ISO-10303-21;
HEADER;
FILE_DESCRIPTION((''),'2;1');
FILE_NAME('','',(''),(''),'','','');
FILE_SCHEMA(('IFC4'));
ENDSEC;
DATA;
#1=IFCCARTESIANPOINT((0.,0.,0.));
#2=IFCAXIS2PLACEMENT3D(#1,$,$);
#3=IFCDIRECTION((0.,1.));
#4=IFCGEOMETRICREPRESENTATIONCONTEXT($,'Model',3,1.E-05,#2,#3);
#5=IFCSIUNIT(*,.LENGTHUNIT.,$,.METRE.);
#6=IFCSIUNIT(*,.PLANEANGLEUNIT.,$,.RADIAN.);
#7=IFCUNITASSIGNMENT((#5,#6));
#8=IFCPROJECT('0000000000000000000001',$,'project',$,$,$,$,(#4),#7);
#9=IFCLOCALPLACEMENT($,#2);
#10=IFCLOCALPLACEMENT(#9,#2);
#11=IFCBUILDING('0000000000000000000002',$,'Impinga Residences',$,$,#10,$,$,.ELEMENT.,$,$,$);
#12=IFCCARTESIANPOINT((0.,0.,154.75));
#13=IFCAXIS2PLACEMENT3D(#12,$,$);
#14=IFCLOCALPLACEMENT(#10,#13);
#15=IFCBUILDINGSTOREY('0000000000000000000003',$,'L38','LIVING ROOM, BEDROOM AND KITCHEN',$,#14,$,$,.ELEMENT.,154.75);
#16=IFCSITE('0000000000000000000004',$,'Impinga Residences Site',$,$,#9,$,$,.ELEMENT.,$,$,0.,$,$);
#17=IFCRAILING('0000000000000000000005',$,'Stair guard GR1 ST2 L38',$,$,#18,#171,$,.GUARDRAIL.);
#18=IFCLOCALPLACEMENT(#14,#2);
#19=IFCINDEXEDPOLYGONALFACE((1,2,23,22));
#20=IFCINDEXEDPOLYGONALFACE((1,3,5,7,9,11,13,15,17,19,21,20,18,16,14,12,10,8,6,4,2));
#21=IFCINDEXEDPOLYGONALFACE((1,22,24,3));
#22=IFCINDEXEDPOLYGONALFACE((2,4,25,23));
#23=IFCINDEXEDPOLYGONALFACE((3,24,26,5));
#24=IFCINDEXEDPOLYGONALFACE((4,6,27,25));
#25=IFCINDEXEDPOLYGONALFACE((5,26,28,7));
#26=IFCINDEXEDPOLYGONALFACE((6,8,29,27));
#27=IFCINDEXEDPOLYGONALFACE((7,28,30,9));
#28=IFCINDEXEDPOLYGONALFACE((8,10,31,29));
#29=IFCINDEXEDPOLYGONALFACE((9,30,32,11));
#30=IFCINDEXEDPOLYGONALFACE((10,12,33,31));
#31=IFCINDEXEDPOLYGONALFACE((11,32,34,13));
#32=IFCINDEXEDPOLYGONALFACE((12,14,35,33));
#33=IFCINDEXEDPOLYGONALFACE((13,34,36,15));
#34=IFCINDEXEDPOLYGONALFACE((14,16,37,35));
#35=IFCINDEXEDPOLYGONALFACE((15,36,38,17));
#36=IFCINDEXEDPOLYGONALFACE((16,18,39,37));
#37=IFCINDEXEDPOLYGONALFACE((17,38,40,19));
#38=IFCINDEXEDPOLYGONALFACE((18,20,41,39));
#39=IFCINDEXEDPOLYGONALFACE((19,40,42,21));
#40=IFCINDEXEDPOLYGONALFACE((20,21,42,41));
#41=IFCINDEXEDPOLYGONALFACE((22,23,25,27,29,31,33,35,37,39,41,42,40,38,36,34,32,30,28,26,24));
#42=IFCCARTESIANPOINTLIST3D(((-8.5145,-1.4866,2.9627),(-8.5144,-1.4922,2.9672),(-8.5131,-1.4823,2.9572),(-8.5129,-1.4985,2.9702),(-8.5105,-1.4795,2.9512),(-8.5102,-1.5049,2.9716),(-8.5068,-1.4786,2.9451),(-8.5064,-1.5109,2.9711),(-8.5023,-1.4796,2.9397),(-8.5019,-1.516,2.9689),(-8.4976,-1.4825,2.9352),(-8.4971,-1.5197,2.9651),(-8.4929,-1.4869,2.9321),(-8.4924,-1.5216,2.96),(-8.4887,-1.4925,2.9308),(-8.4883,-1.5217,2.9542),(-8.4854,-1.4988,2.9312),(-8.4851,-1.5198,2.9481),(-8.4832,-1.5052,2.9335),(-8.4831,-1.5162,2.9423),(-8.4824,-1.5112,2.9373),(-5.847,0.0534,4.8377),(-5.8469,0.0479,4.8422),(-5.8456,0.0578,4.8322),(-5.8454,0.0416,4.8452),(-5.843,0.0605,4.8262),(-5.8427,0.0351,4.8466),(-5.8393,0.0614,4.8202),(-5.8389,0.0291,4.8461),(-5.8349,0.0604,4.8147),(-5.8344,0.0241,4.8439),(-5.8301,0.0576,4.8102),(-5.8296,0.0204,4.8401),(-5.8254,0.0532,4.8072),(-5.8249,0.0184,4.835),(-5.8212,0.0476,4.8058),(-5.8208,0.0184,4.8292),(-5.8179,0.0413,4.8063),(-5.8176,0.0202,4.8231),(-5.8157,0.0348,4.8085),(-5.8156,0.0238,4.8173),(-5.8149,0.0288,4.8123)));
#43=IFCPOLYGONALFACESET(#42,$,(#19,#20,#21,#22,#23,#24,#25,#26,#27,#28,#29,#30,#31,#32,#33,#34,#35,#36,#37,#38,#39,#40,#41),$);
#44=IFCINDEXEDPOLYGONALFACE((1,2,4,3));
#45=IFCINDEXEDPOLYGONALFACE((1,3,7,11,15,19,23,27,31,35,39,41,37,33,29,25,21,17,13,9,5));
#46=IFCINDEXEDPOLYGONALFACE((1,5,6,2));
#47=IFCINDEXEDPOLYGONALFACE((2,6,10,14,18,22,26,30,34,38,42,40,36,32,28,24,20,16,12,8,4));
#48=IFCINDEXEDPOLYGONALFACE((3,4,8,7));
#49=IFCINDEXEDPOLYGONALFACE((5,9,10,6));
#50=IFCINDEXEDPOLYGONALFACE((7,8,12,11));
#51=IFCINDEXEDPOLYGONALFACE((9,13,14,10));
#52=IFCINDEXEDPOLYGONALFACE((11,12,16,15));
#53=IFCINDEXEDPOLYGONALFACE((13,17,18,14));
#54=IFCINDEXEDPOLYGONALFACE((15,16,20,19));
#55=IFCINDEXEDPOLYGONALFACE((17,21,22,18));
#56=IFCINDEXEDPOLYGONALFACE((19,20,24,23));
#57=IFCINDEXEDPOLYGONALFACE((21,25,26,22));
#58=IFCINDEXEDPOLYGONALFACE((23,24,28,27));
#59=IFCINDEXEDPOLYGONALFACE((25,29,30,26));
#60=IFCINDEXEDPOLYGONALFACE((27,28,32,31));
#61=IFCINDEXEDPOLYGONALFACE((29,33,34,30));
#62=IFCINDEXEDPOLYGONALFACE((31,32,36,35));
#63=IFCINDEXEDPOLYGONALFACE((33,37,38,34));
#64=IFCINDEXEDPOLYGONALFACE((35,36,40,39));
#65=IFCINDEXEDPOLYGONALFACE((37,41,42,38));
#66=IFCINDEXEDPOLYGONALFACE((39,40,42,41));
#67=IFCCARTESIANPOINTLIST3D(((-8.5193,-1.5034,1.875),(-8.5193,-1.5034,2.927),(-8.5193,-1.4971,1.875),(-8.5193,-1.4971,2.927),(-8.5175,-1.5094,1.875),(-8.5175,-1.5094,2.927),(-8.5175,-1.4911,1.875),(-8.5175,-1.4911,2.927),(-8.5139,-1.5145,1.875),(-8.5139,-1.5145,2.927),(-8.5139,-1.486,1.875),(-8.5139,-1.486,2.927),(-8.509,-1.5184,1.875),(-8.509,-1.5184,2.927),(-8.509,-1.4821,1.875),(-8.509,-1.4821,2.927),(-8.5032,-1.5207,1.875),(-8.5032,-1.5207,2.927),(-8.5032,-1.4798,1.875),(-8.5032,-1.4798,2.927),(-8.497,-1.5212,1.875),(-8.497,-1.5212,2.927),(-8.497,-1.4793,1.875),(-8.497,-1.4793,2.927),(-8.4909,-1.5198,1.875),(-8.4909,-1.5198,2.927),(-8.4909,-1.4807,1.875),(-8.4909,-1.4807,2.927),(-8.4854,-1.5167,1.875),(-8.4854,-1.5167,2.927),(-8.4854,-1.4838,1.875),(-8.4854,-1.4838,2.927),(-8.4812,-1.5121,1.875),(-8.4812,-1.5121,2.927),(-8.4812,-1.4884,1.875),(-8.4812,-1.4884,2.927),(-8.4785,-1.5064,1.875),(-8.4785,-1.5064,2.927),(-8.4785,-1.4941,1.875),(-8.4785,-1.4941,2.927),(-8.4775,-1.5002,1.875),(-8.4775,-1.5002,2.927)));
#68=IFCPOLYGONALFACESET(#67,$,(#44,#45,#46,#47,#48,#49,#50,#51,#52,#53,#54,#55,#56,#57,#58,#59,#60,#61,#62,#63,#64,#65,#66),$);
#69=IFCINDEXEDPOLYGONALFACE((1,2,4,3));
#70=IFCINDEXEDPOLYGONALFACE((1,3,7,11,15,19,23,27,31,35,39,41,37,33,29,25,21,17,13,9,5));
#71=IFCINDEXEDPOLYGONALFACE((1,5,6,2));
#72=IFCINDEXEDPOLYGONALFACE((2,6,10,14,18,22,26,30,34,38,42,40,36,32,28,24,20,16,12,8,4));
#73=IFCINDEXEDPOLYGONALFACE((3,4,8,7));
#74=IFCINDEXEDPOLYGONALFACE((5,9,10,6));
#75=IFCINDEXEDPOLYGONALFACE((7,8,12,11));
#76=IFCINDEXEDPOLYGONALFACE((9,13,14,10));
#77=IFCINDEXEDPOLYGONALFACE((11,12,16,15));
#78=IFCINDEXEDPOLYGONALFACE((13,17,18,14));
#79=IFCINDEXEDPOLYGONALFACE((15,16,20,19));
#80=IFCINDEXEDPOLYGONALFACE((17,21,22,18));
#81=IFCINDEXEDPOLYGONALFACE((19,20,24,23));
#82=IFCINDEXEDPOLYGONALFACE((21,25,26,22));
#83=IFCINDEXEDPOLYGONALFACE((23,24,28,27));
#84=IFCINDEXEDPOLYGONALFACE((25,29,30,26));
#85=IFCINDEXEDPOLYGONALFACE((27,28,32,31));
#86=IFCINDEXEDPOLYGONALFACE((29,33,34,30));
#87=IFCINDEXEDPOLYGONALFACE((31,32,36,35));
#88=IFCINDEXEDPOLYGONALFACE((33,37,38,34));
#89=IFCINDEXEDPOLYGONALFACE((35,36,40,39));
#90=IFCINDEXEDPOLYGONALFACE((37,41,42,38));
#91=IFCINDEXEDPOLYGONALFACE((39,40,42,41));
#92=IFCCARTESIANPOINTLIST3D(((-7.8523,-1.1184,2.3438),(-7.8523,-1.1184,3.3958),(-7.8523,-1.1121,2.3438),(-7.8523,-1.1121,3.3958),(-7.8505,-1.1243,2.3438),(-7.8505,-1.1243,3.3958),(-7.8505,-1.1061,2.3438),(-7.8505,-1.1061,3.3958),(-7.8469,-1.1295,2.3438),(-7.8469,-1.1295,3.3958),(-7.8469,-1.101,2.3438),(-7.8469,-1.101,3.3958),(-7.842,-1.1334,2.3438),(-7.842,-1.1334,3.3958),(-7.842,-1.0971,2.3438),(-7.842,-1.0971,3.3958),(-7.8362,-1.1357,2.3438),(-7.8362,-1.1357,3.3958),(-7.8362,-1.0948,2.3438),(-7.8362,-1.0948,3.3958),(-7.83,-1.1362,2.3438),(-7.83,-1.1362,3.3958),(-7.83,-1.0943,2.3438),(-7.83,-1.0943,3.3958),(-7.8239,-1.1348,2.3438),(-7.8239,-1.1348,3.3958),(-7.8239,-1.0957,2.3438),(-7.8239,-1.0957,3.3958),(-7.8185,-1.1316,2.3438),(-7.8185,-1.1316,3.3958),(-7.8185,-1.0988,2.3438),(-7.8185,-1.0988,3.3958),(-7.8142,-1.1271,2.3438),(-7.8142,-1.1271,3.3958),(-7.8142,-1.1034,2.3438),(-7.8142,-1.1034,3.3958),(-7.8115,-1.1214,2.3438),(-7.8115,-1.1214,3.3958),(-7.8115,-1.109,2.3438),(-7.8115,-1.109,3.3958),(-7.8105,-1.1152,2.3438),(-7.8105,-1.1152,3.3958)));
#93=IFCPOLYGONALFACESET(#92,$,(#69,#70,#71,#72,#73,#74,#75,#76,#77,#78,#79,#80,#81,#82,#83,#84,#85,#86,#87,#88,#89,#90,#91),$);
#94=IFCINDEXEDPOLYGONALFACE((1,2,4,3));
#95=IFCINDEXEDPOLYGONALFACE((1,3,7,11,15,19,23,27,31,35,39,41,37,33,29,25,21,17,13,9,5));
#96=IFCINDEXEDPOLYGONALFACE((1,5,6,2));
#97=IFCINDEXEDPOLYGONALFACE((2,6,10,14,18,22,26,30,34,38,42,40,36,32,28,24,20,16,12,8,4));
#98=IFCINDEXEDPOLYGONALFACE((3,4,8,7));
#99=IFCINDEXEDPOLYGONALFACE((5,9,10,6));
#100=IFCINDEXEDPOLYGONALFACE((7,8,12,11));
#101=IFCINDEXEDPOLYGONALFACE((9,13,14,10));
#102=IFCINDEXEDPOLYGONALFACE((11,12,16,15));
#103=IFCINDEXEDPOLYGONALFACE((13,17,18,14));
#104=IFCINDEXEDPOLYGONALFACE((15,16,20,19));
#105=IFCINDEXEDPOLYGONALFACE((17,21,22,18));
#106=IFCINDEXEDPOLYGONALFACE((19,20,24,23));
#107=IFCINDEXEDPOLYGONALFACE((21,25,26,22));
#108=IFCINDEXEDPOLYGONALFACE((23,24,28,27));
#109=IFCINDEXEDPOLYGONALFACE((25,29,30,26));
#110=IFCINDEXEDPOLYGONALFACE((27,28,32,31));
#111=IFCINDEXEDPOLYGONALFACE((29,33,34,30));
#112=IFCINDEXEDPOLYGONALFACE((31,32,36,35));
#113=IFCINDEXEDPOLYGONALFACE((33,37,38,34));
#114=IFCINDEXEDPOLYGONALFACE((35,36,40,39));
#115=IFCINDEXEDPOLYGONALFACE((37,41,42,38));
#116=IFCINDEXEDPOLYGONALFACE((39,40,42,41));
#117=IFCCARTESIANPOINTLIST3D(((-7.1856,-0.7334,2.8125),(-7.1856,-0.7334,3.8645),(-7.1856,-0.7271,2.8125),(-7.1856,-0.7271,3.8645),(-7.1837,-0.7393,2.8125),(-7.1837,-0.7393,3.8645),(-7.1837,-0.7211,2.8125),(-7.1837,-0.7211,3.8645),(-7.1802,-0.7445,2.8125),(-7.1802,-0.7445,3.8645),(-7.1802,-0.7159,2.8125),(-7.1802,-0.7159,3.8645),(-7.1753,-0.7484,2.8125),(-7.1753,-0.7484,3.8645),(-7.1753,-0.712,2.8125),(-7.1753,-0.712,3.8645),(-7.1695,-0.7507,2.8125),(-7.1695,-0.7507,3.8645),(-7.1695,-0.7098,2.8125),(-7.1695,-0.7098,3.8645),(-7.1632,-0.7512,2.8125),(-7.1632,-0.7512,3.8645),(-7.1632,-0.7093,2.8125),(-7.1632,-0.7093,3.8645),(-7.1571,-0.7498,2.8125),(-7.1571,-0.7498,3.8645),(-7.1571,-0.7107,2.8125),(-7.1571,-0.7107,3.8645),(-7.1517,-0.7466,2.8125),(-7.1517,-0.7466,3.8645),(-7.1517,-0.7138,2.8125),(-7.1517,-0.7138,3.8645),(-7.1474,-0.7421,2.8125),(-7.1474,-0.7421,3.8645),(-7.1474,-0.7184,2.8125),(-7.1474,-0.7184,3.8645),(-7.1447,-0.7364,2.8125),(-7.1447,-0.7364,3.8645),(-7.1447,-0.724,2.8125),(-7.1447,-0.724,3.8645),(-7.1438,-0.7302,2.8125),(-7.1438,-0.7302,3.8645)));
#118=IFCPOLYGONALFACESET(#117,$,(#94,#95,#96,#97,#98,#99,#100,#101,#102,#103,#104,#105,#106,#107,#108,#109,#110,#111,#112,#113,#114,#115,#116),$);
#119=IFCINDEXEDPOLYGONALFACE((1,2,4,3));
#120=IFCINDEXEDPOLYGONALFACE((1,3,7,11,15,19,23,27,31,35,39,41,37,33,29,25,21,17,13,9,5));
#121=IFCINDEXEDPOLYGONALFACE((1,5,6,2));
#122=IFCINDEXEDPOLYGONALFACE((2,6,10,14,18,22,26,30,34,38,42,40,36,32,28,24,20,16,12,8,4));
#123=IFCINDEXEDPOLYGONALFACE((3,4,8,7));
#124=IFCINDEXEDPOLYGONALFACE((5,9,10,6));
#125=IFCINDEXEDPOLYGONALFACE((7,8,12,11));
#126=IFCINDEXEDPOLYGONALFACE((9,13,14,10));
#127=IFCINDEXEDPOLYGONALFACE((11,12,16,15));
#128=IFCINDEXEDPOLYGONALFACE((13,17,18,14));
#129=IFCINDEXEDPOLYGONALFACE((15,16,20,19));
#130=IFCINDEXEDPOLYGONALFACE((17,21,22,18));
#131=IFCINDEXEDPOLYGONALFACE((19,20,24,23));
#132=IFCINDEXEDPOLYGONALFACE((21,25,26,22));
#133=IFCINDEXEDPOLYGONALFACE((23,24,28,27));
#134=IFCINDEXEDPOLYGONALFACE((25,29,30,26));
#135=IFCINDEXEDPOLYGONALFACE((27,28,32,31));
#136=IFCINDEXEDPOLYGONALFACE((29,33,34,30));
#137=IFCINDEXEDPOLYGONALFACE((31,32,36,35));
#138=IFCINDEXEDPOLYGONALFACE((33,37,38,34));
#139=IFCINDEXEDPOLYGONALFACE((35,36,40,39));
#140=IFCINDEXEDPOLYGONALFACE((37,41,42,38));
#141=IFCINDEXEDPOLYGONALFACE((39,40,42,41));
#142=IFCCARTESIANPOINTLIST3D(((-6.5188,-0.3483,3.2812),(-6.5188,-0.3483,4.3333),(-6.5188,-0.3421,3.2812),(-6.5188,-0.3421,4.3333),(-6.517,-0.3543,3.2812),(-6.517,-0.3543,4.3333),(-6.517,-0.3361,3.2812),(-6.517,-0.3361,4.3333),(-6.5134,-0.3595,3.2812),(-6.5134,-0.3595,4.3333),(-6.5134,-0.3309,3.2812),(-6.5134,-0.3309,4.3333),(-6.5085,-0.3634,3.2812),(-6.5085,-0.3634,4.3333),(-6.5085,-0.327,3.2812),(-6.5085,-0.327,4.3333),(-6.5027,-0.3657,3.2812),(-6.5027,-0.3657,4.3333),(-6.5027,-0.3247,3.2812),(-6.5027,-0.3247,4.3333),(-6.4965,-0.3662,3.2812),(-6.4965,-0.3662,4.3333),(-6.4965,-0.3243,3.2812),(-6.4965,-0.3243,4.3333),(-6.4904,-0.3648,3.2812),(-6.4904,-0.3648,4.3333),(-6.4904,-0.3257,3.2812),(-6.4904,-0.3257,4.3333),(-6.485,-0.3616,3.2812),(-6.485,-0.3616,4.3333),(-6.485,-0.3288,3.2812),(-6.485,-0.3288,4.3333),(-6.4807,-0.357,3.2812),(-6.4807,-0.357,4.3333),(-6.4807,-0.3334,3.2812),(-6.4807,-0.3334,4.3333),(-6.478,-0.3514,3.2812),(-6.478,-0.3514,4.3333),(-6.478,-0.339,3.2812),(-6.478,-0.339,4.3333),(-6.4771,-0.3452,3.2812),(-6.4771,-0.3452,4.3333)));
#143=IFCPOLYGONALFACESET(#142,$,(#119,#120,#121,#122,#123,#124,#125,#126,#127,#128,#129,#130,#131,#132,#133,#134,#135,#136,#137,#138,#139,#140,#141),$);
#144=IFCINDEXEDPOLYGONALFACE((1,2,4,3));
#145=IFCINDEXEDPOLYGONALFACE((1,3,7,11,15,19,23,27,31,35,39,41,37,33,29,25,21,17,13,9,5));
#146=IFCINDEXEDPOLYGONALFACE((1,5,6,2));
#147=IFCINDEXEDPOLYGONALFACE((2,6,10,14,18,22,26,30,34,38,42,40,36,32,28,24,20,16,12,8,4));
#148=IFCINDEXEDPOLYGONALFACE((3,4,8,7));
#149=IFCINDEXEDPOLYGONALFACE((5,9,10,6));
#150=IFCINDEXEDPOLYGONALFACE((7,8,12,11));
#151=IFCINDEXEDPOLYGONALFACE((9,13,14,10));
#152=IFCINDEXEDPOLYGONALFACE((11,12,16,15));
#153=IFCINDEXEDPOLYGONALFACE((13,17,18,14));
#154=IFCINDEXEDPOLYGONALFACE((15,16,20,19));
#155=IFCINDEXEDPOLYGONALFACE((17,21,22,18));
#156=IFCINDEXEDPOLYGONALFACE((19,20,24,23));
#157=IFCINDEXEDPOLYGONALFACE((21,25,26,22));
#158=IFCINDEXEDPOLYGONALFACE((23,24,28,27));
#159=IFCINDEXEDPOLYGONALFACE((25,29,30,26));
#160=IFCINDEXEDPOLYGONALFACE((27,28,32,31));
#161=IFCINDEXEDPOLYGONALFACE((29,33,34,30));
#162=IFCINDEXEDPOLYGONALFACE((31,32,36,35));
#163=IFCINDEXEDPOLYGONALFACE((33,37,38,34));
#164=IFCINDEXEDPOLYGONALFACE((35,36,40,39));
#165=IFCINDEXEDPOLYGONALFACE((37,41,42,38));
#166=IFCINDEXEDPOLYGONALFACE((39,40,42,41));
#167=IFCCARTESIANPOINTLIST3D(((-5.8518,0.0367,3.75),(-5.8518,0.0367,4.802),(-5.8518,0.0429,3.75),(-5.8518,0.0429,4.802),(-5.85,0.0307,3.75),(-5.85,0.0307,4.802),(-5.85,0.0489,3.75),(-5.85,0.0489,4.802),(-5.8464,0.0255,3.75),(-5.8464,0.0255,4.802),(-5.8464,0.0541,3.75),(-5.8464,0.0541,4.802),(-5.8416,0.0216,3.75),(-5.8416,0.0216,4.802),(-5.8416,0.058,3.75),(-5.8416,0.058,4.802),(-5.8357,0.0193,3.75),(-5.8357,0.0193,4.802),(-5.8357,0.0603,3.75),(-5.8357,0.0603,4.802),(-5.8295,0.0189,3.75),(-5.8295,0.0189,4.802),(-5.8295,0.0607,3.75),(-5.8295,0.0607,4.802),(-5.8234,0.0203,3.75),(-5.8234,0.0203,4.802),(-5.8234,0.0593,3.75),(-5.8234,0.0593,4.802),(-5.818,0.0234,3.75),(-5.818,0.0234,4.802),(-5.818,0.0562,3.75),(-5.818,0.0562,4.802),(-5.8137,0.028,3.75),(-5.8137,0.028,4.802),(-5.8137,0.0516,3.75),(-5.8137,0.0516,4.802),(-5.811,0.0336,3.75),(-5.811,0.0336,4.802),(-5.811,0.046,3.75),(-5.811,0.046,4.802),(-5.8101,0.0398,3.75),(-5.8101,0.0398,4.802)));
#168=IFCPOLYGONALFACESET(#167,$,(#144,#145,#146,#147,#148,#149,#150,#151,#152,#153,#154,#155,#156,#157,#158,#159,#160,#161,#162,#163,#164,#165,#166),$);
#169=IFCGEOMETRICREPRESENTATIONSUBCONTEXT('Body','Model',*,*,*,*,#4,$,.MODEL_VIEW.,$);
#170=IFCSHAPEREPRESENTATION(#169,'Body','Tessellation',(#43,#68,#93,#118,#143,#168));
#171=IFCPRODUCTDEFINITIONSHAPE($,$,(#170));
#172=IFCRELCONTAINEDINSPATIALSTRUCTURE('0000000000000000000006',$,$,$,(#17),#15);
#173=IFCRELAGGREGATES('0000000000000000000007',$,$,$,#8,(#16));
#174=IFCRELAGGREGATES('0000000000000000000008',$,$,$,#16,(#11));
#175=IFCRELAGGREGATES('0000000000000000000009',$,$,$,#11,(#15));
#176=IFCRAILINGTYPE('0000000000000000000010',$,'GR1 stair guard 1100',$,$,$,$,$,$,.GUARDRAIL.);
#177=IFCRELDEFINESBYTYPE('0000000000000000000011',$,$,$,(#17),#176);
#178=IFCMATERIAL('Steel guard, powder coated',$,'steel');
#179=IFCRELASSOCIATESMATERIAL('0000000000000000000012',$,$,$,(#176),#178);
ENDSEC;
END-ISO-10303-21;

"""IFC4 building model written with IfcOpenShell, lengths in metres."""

from ifc_helpers import new_model, si_unit, direction, frame, origin, origin_2d, place, context, subcontext, project, spatial, circle, extrude, material, type_object, element, save


model = new_model("IFC4")

# Units and contexts
model_context = context("Model", 3, precision=1e-05, world=origin(), true_north=direction((0.0, 1.0)))
body_context = subcontext(model_context, "Body", "Model", "MODEL_VIEW")
ifc_project = project(units=[si_unit("LENGTHUNIT", "METRE"), si_unit("PLANEANGLEUNIT", "RADIAN")], contexts=[model_context])

# Site, building, storey
site_placement = place(None, origin())
site = spatial("IfcSite", under=ifc_project, at=site_placement, Name="Impinga Residences Site", CompositionType="ELEMENT", RefElevation=0.0)
building_placement = place(site_placement, origin())
building = spatial("IfcBuilding", under=site, at=building_placement, Name="Impinga Residences", CompositionType="ELEMENT")
storey_placement = place(building_placement, frame((0.0, 0.0, 154.75)))
storey = spatial("IfcBuildingStorey", under=building, at=storey_placement, Name="L38", Description="LIVING ROOM, BEDROOM AND KITCHEN", CompositionType="ELEMENT", Elevation=154.75)

# Railing
ifc_material_1 = material(Name="Steel guard, powder coated", Category="steel")
railing_type_1 = type_object("IfcRailingType", Name="GR1 stair guard 1100", PredefinedType="GUARDRAIL", material=ifc_material_1)
railing_1_placement = place(storey_placement, frame((-8.4985, -1.5002, 1.875)))
element("IfcRailing", 1, at=railing_1_placement, inside=storey, type_object=railing_type_1, Name="Stair guard GR1 ST2 L38", PredefinedType="GUARDRAIL", context=body_context, shape_type="SweptSolid", body=[
    extrude(circle(Radius=0.0239, at=origin_2d()), frame((0.0, 0.0, 1.0762), z_axis=(0.739746, 0.427084, 0.519975), x_axis=(-0.499992, 0.86603, 0.0)), (0.0, 0.0, 1.0), 3.606),
    extrude(circle(Radius=0.021, at=origin_2d()), origin(), (0.0, 0.0, 1.0), 1.052),
    extrude(circle(Radius=0.021, at=origin_2d()), frame((0.667, 0.385, 0.4688)), (0.0, 0.0, 1.0), 1.052),
    extrude(circle(Radius=0.021, at=origin_2d()), frame((1.3337, 0.77, 0.9375)), (0.0, 0.0, 1.0), 1.052),
    extrude(circle(Radius=0.021, at=origin_2d()), frame((2.0005, 1.155, 1.4062)), (0.0, 0.0, 1.0), 1.052),
    extrude(circle(Radius=0.021, at=origin_2d()), frame((2.6675, 1.54, 1.875)), (0.0, 0.0, 1.0), 1.052),
])

save(model, "model.ifc")
